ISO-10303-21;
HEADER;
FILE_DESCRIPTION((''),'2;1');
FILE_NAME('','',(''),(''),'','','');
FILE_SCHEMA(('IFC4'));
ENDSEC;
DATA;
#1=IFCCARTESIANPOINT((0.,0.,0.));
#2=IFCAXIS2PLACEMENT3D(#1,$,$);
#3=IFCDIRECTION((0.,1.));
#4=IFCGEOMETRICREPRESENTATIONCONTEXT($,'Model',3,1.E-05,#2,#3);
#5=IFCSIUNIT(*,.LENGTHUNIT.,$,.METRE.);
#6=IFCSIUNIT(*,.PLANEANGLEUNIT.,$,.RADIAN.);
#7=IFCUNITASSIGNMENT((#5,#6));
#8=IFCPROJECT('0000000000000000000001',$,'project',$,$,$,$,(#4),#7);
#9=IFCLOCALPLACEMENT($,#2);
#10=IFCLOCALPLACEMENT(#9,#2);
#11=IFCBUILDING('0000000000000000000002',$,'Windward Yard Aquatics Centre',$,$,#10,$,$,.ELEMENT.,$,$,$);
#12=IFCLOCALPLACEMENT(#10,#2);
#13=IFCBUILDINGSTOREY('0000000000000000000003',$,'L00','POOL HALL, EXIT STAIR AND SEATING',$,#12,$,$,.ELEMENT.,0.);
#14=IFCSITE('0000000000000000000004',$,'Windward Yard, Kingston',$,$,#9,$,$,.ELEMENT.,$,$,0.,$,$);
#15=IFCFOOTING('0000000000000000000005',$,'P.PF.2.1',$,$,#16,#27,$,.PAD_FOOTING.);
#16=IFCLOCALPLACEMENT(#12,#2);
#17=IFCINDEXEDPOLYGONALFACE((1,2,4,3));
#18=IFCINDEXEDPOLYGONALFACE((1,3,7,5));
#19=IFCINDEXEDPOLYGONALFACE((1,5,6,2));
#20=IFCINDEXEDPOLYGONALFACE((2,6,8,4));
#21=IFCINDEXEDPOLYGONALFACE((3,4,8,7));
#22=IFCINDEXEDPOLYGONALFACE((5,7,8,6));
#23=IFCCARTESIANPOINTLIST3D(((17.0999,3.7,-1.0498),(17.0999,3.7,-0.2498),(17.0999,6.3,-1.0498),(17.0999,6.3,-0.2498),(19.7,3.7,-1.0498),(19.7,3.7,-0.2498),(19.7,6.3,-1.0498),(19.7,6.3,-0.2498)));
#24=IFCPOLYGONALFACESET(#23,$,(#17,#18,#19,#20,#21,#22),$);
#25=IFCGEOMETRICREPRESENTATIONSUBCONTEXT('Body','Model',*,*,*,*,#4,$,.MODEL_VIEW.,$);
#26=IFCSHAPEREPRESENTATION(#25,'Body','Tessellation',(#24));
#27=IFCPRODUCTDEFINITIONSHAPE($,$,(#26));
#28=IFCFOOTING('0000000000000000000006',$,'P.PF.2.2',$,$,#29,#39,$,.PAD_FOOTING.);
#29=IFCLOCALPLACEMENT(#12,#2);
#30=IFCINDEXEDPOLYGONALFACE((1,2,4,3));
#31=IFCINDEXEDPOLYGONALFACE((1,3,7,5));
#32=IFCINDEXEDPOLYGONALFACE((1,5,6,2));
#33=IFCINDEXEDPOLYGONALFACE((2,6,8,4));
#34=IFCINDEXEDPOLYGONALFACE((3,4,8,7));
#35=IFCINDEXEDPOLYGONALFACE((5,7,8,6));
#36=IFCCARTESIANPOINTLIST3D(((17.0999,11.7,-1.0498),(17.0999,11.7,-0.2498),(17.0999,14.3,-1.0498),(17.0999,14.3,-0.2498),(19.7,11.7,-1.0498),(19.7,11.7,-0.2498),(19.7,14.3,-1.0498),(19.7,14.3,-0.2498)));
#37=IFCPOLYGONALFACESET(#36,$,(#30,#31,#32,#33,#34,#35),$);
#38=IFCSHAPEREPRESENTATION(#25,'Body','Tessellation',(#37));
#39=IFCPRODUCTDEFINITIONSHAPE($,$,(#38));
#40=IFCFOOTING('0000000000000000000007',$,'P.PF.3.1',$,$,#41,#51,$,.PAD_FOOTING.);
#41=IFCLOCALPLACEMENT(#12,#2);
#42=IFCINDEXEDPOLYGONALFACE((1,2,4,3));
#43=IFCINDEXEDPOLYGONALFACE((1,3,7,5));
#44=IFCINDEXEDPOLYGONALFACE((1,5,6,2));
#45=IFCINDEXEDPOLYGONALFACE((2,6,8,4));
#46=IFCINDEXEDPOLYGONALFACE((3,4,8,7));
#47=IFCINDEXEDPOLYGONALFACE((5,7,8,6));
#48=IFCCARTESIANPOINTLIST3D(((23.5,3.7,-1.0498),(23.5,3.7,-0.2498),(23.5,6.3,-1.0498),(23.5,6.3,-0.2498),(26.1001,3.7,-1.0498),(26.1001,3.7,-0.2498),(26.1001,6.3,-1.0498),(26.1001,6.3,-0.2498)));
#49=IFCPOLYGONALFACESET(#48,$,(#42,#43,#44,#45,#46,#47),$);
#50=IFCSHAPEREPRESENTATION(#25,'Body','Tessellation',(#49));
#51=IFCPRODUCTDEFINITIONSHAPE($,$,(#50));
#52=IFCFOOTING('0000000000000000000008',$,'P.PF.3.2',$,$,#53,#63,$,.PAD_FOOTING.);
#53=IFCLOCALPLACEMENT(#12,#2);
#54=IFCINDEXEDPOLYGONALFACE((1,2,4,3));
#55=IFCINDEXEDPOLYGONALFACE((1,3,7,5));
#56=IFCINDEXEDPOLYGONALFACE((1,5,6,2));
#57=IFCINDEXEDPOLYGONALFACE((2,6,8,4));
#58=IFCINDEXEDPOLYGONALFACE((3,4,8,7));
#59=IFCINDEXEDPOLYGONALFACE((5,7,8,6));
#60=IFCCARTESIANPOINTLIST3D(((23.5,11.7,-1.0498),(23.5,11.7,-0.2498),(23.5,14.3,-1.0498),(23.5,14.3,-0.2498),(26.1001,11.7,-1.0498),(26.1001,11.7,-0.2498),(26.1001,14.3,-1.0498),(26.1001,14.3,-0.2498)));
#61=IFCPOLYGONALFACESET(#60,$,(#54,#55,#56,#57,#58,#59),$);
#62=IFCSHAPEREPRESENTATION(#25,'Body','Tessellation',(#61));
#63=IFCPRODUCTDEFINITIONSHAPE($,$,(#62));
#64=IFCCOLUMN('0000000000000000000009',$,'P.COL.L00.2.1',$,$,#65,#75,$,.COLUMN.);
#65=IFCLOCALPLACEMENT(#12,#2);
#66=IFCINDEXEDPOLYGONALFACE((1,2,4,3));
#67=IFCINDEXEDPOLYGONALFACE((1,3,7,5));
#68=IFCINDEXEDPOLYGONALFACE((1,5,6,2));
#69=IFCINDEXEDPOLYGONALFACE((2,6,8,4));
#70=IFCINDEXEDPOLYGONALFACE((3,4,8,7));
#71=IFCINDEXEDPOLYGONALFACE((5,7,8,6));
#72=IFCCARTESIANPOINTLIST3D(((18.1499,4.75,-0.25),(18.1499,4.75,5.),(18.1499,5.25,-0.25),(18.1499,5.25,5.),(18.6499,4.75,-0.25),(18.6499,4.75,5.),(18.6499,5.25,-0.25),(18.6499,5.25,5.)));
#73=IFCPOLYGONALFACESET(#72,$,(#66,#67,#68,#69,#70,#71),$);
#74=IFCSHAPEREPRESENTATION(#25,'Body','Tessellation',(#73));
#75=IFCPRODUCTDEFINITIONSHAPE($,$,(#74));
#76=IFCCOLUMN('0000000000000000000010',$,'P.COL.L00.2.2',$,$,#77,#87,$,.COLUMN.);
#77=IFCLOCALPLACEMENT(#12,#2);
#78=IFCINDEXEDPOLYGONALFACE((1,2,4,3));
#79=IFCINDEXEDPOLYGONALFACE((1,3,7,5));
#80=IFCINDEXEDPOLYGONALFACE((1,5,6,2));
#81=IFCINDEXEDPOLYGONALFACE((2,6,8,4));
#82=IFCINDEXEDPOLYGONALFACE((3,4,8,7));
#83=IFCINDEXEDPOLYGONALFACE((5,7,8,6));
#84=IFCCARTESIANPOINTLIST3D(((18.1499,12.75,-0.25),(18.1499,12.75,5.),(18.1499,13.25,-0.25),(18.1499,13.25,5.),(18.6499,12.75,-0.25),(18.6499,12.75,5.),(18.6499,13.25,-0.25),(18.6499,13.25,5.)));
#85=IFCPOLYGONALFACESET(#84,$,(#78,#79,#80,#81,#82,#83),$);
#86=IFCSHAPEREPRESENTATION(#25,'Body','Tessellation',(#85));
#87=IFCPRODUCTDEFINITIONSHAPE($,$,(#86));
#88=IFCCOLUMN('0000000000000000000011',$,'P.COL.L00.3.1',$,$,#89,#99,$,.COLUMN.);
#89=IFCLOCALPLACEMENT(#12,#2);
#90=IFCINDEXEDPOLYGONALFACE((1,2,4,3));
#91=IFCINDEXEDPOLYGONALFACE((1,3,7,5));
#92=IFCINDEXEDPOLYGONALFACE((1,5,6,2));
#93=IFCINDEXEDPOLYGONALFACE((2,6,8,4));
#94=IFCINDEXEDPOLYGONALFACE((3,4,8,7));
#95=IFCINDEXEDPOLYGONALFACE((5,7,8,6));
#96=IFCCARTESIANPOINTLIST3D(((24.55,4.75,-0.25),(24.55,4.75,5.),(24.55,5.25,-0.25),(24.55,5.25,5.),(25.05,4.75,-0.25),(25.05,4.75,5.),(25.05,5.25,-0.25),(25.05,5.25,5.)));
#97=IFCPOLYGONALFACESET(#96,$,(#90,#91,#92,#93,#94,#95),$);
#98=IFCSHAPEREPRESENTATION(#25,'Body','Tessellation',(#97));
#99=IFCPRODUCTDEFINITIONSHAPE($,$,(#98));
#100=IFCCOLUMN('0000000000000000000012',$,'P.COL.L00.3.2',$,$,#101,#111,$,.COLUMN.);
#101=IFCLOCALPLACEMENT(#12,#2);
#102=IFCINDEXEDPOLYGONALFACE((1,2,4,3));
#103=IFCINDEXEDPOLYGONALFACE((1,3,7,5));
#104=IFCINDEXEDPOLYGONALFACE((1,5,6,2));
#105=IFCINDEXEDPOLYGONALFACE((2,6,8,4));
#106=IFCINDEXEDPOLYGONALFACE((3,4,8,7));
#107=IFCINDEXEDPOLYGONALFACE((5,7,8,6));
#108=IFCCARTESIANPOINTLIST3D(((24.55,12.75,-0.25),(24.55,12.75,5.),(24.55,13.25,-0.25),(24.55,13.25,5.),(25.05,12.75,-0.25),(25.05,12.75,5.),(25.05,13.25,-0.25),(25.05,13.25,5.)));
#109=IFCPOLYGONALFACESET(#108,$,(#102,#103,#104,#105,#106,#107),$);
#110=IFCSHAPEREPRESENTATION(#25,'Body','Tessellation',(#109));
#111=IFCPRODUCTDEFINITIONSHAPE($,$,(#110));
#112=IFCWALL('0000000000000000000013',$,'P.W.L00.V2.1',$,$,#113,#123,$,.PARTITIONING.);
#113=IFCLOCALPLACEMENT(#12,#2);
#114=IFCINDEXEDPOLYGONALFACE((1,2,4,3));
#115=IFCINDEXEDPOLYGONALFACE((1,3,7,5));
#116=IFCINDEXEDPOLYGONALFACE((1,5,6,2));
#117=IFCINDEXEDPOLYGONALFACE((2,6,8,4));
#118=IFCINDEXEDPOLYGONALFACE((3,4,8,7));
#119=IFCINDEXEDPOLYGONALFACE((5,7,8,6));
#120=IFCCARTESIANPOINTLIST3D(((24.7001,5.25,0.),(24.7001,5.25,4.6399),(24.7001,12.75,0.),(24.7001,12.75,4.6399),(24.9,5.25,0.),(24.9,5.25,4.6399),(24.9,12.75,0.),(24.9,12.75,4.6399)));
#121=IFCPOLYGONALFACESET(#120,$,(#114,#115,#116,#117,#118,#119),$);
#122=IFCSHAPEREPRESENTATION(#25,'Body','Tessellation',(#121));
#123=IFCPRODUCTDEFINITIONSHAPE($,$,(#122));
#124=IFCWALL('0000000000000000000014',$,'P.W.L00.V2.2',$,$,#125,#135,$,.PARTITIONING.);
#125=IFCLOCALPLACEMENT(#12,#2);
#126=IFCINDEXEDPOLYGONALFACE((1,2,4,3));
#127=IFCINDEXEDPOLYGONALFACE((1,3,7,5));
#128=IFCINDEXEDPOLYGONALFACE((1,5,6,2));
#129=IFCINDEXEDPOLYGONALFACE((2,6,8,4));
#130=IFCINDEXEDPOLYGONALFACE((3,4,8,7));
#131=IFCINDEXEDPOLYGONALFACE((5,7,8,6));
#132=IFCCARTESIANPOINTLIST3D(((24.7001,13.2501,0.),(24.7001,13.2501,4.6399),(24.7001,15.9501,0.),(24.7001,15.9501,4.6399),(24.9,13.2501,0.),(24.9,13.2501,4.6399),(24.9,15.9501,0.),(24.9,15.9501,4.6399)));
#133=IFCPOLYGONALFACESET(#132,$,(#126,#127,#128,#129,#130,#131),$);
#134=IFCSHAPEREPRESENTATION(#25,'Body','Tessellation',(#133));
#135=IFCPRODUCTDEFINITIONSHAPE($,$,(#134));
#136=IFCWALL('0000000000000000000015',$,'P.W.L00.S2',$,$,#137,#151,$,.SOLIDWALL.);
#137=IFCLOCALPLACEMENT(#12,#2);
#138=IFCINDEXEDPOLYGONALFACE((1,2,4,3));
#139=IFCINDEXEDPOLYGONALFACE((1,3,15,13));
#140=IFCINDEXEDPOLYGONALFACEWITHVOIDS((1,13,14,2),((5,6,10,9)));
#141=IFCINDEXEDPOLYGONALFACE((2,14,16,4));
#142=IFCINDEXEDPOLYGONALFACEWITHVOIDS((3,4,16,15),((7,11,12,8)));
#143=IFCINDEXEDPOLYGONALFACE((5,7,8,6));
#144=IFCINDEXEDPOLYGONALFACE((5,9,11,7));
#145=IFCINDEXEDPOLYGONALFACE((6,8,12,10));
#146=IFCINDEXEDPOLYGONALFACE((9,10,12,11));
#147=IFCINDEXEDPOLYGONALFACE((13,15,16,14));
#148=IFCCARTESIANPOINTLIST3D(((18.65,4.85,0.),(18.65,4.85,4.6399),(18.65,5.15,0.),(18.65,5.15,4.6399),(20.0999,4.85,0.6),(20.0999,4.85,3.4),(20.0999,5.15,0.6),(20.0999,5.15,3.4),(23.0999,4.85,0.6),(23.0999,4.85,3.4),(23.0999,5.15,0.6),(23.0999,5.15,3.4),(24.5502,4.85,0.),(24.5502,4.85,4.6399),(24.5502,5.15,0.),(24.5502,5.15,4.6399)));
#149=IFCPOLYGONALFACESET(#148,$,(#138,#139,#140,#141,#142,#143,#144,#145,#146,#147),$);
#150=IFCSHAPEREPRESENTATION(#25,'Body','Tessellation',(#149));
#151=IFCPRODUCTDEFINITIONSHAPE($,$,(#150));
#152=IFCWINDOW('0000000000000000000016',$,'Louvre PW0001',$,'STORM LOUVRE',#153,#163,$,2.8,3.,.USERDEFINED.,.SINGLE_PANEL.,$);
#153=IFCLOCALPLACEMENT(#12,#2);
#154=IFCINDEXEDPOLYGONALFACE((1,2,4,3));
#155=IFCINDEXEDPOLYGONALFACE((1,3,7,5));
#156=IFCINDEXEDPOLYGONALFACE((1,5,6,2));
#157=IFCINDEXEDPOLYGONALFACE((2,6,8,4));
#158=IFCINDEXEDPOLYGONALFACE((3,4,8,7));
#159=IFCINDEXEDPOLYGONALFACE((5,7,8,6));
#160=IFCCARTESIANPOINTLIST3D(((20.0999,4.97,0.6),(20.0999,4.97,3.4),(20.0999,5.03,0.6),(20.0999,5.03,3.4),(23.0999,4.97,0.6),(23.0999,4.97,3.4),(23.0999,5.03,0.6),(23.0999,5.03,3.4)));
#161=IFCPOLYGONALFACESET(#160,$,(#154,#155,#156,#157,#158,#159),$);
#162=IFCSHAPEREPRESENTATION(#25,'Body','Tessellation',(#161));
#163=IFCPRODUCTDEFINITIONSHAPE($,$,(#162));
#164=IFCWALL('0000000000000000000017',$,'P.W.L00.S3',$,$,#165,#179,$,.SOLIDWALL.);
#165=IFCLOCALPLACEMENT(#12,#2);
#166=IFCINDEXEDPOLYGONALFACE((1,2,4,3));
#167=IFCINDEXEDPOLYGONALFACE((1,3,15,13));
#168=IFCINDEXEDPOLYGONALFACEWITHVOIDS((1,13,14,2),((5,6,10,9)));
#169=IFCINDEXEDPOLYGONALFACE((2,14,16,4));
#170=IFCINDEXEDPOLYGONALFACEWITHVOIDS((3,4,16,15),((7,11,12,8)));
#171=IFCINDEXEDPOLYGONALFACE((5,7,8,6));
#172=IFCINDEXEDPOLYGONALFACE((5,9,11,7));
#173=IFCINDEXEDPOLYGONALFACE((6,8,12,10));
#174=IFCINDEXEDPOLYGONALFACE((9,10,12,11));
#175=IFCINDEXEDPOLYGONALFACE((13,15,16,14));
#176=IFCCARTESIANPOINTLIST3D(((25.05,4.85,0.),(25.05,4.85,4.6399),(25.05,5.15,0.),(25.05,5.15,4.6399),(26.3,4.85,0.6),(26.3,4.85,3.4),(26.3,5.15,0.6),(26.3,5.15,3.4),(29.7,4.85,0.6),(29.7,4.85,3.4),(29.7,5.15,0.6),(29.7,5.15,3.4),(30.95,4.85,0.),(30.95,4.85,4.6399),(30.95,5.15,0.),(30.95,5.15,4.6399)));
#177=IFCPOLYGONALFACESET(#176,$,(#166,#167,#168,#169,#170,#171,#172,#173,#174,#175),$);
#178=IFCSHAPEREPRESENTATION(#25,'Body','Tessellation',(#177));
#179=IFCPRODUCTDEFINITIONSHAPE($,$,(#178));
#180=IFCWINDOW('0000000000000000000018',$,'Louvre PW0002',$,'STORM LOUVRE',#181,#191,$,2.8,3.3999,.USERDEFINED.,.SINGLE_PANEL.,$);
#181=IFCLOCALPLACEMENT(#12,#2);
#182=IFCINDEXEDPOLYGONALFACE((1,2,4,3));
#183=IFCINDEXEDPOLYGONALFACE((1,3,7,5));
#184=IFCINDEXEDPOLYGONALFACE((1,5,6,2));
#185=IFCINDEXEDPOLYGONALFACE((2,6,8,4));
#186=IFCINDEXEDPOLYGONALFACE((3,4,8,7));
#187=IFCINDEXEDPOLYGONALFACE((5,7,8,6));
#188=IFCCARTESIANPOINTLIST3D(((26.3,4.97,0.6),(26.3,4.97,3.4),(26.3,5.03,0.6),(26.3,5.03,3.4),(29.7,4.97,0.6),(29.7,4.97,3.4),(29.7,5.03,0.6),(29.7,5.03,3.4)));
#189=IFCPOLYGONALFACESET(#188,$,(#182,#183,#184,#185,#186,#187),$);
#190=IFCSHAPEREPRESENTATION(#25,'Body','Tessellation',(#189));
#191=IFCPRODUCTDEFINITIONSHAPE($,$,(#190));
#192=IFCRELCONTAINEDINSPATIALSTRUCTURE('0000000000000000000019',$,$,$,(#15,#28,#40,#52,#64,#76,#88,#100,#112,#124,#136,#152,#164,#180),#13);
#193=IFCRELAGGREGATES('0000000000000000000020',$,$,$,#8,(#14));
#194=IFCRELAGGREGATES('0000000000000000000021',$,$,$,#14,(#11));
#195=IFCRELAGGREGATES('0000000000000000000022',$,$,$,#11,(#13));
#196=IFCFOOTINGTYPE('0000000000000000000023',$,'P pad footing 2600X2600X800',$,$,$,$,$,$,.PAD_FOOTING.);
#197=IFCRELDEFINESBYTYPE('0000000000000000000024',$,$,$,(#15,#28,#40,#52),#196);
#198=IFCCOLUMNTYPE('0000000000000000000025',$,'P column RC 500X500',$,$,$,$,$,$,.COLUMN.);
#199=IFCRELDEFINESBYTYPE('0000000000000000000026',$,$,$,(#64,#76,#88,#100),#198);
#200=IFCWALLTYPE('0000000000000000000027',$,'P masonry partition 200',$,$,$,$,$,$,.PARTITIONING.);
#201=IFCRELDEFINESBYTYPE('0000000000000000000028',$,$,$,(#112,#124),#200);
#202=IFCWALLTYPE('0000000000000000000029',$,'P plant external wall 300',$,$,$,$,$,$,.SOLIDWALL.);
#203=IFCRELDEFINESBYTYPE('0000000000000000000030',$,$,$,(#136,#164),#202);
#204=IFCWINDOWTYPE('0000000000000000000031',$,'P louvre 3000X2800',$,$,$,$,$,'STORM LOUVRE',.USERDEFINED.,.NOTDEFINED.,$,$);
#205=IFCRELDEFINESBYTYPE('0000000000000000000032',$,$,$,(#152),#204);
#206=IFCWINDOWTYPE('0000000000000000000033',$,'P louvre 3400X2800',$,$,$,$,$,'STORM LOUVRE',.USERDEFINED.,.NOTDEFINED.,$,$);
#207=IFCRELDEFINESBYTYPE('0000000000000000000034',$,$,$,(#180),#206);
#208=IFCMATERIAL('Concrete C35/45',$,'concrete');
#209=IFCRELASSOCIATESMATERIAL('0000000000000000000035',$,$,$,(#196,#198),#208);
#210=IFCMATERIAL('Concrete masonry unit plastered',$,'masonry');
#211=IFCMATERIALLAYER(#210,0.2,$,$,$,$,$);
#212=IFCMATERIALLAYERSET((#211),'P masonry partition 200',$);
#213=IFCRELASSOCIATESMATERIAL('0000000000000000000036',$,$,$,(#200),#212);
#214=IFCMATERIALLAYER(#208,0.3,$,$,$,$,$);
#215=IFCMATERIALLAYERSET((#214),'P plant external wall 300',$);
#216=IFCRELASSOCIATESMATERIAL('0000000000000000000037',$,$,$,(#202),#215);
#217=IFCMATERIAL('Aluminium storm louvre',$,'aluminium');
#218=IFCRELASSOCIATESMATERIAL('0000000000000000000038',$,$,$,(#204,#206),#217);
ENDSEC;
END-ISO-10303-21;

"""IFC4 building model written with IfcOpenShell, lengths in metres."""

from ifc_helpers import new_model, si_unit, direction, frame, frame_2d, origin, origin_2d, place, context, subcontext, project, spatial, rectangle, extrude, material, layer, layer_set, material_profile, profile_set, type_object, element, fill, save


model = new_model("IFC4")

# Units and contexts
model_context = context("Model", 3, precision=1e-05, world=origin(), true_north=direction((0.0, 1.0)))
body_context = subcontext(model_context, "Body", "Model", "MODEL_VIEW")
ifc_project = project(units=[si_unit("LENGTHUNIT", "METRE"), si_unit("PLANEANGLEUNIT", "RADIAN")], contexts=[model_context])

# Site, building, storey
site_placement = place(None, origin())
site = spatial("IfcSite", under=ifc_project, at=site_placement, Name="Windward Yard, Kingston", CompositionType="ELEMENT", RefElevation=0.0)
building_placement = place(site_placement, origin())
building = spatial("IfcBuilding", under=site, at=building_placement, Name="Windward Yard Aquatics Centre", CompositionType="ELEMENT")
storey_placement = place(building_placement, origin())
storey = spatial("IfcBuildingStorey", under=building, at=storey_placement, Name="L00", Description="POOL HALL, EXIT STAIR AND SEATING", CompositionType="ELEMENT", Elevation=0.0)

# Footings
ifc_material_1 = material(Name="Concrete C35/45", Category="concrete")
footing_type = type_object("IfcFootingType", Name="P pad footing 2600X2600X800", PredefinedType="PAD_FOOTING", material=ifc_material_1)
for number, where, z_axis, x_axis, name in (
    (1, (18.3999, 5.0, -1.0498), (0.0, 0.0, 1.0), (1.0, 0.0, 0.0), "P.PF.2.1"),
    (2, (18.3999, 13.0, -1.0498), (0.0, 0.0, 1.0), (1.0, 0.0, 0.0), "P.PF.2.2"),
    (3, (24.8, 5.0, -1.0498), (0.0, 0.0, 1.0), (1.0, 0.0, 0.0), "P.PF.3.1"),
    (4, (24.8, 13.0, -1.0498), (0.0, 0.0, 1.0), (1.0, 0.0, 0.0), "P.PF.3.2"),
):
    element("IfcFooting", number, at=place(storey_placement, frame(where, z_axis=z_axis, x_axis=x_axis)), inside=storey, type_object=footing_type, Name=name, PredefinedType="PAD_FOOTING", context=body_context, shape_type="SweptSolid", body=[
        extrude(rectangle(XDim=2.6001, YDim=2.6001, at=origin_2d()), origin(), (0.0, 0.0, 1.0), 0.8),
    ])

# Columns
ifc_material_profile = material_profile(ifc_material_1, rectangle(XDim=0.5, YDim=0.5, at=origin_2d()), Name="RC 500X500")
ifc_profile_set = profile_set([ifc_material_profile], Name="Concrete C35/45")
column_type = type_object("IfcColumnType", Name="P column RC 500X500", PredefinedType="COLUMN", material=ifc_profile_set)
for number, where, z_axis, x_axis, name in (
    (5, (18.3999, 5.0, -0.25), (0.0, 0.0, 1.0), (1.0, 0.0, 0.0), "P.COL.L00.2.1"),
    (6, (18.3999, 13.0, -0.25), (0.0, 0.0, 1.0), (1.0, 0.0, 0.0), "P.COL.L00.2.2"),
    (7, (24.8, 5.0, -0.25), (0.0, 0.0, 1.0), (1.0, 0.0, 0.0), "P.COL.L00.3.1"),
    (8, (24.8, 13.0, -0.25), (0.0, 0.0, 1.0), (1.0, 0.0, 0.0), "P.COL.L00.3.2"),
):
    element("IfcColumn", number, at=place(storey_placement, frame(where, z_axis=z_axis, x_axis=x_axis)), inside=storey, type_object=column_type, Name=name, PredefinedType="COLUMN", context=body_context, shape_type="SweptSolid", body=[
        extrude(rectangle(XDim=0.5, YDim=0.5, at=origin_2d()), origin(), (0.0, 0.0, 1.0), 5.25),
    ])

# Walls
ifc_material_2 = material(Name="Concrete masonry unit plastered", Category="masonry")
ifc_layer_1 = layer(ifc_material_2, 0.2)
ifc_layer_set_1 = layer_set([ifc_layer_1], Name="P masonry partition 200")
wall_type_1 = type_object("IfcWallType", Name="P masonry partition 200", PredefinedType="PARTITIONING", material=ifc_layer_set_1)
wall_1_placement = place(storey_placement, frame((24.8, 5.25, 0.0), z_axis=(0.0, 0.0, 1.0), x_axis=(0.0, 1.0, 0.0)))
element("IfcWall", 9, at=wall_1_placement, inside=storey, type_object=wall_type_1, Name="P.W.L00.V2.1", PredefinedType="PARTITIONING", context=body_context, shape_type="SweptSolid", body=[
    extrude(rectangle(XDim=7.5, YDim=0.2, at=frame_2d((3.75, 0.0))), origin(), (0.0, 0.0, 1.0), 4.6399),
])
wall_2_placement = place(storey_placement, frame((24.8, 13.25, 0.0), z_axis=(0.0, 0.0, 1.0), x_axis=(0.0, 1.0, 0.0)))
element("IfcWall", 10, at=wall_2_placement, inside=storey, type_object=wall_type_1, Name="P.W.L00.V2.2", PredefinedType="PARTITIONING", context=body_context, shape_type="SweptSolid", body=[
    extrude(rectangle(XDim=2.7, YDim=0.2, at=frame_2d((1.3501, 0.0))), origin(), (0.0, 0.0, 1.0), 4.6399),
])

# Walls, openings, windows
ifc_layer_2 = layer(ifc_material_1, 0.3)
ifc_layer_set_2 = layer_set([ifc_layer_2], Name="P plant external wall 300")
wall_type_2 = type_object("IfcWallType", Name="P plant external wall 300", PredefinedType="SOLIDWALL", material=ifc_layer_set_2)
wall_3_placement = place(storey_placement, frame((18.6499, 5.0, 0.0), z_axis=(0.0, 0.0, 1.0), x_axis=(1.0, 0.0, 0.0)))
wall_3 = element("IfcWall", 11, at=wall_3_placement, inside=storey, type_object=wall_type_2, Name="P.W.L00.S2", PredefinedType="SOLIDWALL", context=body_context, shape_type="SweptSolid", body=[
    extrude(rectangle(XDim=5.9001, YDim=0.3, at=frame_2d((2.9502, 0.0))), origin(), (0.0, 0.0, 1.0), 4.6399),
])
opening_1_placement = place(wall_3_placement, frame((1.45, 0.0, 0.6001)))
opening_1 = element("IfcOpeningElement", 12, at=opening_1_placement, cuts=wall_3, PredefinedType="OPENING", context=body_context, shape_type="SweptSolid", body=[
    extrude(rectangle(XDim=3.0, YDim=2.8, at=frame_2d((1.5, 1.3999))), frame((0.0, 0.1602, 0.0), z_axis=(0.0, -1.0, 0.0), x_axis=(1.0, 0.0, 0.0)), (0.0, 0.0, 1.0), 0.3201),
])
ifc_material_3 = material(Name="Aluminium storm louvre", Category="aluminium")
window_type_1 = type_object("IfcWindowType", Name="P louvre 3000X2800", ElementType="STORM LOUVRE", PartitioningType="NOTDEFINED", PredefinedType="USERDEFINED", material=ifc_material_3)
window_1_placement = place(opening_1_placement, origin())
window_1 = element("IfcWindow", 13, at=window_1_placement, inside=storey, type_object=window_type_1, Name="Louvre PW0001", ObjectType="STORM LOUVRE", OverallHeight=2.8, OverallWidth=3.0, PartitioningType="SINGLE_PANEL", PredefinedType="USERDEFINED", context=body_context, shape_type="SweptSolid", body=[
    extrude(rectangle(XDim=3.0, YDim=2.8, at=frame_2d((1.5, 1.3999))), frame((0.0, 0.03, 0.0), z_axis=(0.0, -1.0, 0.0), x_axis=(1.0, 0.0, 0.0)), (0.0, 0.0, 1.0), 0.0601),
])
fill(opening_1, window_1)
wall_4_placement = place(storey_placement, frame((25.05, 5.0, 0.0), z_axis=(0.0, 0.0, 1.0), x_axis=(1.0, 0.0, 0.0)))
wall_4 = element("IfcWall", 14, at=wall_4_placement, inside=storey, type_object=wall_type_2, Name="P.W.L00.S3", PredefinedType="SOLIDWALL", context=body_context, shape_type="SweptSolid", body=[
    extrude(rectangle(XDim=5.8999, YDim=0.3, at=frame_2d((2.95, 0.0))), origin(), (0.0, 0.0, 1.0), 4.6399),
])
opening_2_placement = place(wall_4_placement, frame((1.25, 0.0, 0.6001)))
opening_2 = element("IfcOpeningElement", 15, at=opening_2_placement, cuts=wall_4, PredefinedType="OPENING", context=body_context, shape_type="SweptSolid", body=[
    extrude(rectangle(XDim=3.3999, YDim=2.8, at=frame_2d((1.7, 1.3999))), frame((0.0, 0.1602, 0.0), z_axis=(0.0, -1.0, 0.0), x_axis=(1.0, 0.0, 0.0)), (0.0, 0.0, 1.0), 0.3201),
])
window_type_2 = type_object("IfcWindowType", Name="P louvre 3400X2800", ElementType="STORM LOUVRE", PartitioningType="NOTDEFINED", PredefinedType="USERDEFINED", material=ifc_material_3)
window_2_placement = place(opening_2_placement, origin())
window_2 = element("IfcWindow", 16, at=window_2_placement, inside=storey, type_object=window_type_2, Name="Louvre PW0002", ObjectType="STORM LOUVRE", OverallHeight=2.8, OverallWidth=3.3999, PartitioningType="SINGLE_PANEL", PredefinedType="USERDEFINED", context=body_context, shape_type="SweptSolid", body=[
    extrude(rectangle(XDim=3.3999, YDim=2.8, at=frame_2d((1.7, 1.3999))), frame((0.0, 0.03, 0.0), z_axis=(0.0, -1.0, 0.0), x_axis=(1.0, 0.0, 0.0)), (0.0, 0.0, 1.0), 0.0601),
])
fill(opening_2, window_2)

save(model, "model.ifc")
